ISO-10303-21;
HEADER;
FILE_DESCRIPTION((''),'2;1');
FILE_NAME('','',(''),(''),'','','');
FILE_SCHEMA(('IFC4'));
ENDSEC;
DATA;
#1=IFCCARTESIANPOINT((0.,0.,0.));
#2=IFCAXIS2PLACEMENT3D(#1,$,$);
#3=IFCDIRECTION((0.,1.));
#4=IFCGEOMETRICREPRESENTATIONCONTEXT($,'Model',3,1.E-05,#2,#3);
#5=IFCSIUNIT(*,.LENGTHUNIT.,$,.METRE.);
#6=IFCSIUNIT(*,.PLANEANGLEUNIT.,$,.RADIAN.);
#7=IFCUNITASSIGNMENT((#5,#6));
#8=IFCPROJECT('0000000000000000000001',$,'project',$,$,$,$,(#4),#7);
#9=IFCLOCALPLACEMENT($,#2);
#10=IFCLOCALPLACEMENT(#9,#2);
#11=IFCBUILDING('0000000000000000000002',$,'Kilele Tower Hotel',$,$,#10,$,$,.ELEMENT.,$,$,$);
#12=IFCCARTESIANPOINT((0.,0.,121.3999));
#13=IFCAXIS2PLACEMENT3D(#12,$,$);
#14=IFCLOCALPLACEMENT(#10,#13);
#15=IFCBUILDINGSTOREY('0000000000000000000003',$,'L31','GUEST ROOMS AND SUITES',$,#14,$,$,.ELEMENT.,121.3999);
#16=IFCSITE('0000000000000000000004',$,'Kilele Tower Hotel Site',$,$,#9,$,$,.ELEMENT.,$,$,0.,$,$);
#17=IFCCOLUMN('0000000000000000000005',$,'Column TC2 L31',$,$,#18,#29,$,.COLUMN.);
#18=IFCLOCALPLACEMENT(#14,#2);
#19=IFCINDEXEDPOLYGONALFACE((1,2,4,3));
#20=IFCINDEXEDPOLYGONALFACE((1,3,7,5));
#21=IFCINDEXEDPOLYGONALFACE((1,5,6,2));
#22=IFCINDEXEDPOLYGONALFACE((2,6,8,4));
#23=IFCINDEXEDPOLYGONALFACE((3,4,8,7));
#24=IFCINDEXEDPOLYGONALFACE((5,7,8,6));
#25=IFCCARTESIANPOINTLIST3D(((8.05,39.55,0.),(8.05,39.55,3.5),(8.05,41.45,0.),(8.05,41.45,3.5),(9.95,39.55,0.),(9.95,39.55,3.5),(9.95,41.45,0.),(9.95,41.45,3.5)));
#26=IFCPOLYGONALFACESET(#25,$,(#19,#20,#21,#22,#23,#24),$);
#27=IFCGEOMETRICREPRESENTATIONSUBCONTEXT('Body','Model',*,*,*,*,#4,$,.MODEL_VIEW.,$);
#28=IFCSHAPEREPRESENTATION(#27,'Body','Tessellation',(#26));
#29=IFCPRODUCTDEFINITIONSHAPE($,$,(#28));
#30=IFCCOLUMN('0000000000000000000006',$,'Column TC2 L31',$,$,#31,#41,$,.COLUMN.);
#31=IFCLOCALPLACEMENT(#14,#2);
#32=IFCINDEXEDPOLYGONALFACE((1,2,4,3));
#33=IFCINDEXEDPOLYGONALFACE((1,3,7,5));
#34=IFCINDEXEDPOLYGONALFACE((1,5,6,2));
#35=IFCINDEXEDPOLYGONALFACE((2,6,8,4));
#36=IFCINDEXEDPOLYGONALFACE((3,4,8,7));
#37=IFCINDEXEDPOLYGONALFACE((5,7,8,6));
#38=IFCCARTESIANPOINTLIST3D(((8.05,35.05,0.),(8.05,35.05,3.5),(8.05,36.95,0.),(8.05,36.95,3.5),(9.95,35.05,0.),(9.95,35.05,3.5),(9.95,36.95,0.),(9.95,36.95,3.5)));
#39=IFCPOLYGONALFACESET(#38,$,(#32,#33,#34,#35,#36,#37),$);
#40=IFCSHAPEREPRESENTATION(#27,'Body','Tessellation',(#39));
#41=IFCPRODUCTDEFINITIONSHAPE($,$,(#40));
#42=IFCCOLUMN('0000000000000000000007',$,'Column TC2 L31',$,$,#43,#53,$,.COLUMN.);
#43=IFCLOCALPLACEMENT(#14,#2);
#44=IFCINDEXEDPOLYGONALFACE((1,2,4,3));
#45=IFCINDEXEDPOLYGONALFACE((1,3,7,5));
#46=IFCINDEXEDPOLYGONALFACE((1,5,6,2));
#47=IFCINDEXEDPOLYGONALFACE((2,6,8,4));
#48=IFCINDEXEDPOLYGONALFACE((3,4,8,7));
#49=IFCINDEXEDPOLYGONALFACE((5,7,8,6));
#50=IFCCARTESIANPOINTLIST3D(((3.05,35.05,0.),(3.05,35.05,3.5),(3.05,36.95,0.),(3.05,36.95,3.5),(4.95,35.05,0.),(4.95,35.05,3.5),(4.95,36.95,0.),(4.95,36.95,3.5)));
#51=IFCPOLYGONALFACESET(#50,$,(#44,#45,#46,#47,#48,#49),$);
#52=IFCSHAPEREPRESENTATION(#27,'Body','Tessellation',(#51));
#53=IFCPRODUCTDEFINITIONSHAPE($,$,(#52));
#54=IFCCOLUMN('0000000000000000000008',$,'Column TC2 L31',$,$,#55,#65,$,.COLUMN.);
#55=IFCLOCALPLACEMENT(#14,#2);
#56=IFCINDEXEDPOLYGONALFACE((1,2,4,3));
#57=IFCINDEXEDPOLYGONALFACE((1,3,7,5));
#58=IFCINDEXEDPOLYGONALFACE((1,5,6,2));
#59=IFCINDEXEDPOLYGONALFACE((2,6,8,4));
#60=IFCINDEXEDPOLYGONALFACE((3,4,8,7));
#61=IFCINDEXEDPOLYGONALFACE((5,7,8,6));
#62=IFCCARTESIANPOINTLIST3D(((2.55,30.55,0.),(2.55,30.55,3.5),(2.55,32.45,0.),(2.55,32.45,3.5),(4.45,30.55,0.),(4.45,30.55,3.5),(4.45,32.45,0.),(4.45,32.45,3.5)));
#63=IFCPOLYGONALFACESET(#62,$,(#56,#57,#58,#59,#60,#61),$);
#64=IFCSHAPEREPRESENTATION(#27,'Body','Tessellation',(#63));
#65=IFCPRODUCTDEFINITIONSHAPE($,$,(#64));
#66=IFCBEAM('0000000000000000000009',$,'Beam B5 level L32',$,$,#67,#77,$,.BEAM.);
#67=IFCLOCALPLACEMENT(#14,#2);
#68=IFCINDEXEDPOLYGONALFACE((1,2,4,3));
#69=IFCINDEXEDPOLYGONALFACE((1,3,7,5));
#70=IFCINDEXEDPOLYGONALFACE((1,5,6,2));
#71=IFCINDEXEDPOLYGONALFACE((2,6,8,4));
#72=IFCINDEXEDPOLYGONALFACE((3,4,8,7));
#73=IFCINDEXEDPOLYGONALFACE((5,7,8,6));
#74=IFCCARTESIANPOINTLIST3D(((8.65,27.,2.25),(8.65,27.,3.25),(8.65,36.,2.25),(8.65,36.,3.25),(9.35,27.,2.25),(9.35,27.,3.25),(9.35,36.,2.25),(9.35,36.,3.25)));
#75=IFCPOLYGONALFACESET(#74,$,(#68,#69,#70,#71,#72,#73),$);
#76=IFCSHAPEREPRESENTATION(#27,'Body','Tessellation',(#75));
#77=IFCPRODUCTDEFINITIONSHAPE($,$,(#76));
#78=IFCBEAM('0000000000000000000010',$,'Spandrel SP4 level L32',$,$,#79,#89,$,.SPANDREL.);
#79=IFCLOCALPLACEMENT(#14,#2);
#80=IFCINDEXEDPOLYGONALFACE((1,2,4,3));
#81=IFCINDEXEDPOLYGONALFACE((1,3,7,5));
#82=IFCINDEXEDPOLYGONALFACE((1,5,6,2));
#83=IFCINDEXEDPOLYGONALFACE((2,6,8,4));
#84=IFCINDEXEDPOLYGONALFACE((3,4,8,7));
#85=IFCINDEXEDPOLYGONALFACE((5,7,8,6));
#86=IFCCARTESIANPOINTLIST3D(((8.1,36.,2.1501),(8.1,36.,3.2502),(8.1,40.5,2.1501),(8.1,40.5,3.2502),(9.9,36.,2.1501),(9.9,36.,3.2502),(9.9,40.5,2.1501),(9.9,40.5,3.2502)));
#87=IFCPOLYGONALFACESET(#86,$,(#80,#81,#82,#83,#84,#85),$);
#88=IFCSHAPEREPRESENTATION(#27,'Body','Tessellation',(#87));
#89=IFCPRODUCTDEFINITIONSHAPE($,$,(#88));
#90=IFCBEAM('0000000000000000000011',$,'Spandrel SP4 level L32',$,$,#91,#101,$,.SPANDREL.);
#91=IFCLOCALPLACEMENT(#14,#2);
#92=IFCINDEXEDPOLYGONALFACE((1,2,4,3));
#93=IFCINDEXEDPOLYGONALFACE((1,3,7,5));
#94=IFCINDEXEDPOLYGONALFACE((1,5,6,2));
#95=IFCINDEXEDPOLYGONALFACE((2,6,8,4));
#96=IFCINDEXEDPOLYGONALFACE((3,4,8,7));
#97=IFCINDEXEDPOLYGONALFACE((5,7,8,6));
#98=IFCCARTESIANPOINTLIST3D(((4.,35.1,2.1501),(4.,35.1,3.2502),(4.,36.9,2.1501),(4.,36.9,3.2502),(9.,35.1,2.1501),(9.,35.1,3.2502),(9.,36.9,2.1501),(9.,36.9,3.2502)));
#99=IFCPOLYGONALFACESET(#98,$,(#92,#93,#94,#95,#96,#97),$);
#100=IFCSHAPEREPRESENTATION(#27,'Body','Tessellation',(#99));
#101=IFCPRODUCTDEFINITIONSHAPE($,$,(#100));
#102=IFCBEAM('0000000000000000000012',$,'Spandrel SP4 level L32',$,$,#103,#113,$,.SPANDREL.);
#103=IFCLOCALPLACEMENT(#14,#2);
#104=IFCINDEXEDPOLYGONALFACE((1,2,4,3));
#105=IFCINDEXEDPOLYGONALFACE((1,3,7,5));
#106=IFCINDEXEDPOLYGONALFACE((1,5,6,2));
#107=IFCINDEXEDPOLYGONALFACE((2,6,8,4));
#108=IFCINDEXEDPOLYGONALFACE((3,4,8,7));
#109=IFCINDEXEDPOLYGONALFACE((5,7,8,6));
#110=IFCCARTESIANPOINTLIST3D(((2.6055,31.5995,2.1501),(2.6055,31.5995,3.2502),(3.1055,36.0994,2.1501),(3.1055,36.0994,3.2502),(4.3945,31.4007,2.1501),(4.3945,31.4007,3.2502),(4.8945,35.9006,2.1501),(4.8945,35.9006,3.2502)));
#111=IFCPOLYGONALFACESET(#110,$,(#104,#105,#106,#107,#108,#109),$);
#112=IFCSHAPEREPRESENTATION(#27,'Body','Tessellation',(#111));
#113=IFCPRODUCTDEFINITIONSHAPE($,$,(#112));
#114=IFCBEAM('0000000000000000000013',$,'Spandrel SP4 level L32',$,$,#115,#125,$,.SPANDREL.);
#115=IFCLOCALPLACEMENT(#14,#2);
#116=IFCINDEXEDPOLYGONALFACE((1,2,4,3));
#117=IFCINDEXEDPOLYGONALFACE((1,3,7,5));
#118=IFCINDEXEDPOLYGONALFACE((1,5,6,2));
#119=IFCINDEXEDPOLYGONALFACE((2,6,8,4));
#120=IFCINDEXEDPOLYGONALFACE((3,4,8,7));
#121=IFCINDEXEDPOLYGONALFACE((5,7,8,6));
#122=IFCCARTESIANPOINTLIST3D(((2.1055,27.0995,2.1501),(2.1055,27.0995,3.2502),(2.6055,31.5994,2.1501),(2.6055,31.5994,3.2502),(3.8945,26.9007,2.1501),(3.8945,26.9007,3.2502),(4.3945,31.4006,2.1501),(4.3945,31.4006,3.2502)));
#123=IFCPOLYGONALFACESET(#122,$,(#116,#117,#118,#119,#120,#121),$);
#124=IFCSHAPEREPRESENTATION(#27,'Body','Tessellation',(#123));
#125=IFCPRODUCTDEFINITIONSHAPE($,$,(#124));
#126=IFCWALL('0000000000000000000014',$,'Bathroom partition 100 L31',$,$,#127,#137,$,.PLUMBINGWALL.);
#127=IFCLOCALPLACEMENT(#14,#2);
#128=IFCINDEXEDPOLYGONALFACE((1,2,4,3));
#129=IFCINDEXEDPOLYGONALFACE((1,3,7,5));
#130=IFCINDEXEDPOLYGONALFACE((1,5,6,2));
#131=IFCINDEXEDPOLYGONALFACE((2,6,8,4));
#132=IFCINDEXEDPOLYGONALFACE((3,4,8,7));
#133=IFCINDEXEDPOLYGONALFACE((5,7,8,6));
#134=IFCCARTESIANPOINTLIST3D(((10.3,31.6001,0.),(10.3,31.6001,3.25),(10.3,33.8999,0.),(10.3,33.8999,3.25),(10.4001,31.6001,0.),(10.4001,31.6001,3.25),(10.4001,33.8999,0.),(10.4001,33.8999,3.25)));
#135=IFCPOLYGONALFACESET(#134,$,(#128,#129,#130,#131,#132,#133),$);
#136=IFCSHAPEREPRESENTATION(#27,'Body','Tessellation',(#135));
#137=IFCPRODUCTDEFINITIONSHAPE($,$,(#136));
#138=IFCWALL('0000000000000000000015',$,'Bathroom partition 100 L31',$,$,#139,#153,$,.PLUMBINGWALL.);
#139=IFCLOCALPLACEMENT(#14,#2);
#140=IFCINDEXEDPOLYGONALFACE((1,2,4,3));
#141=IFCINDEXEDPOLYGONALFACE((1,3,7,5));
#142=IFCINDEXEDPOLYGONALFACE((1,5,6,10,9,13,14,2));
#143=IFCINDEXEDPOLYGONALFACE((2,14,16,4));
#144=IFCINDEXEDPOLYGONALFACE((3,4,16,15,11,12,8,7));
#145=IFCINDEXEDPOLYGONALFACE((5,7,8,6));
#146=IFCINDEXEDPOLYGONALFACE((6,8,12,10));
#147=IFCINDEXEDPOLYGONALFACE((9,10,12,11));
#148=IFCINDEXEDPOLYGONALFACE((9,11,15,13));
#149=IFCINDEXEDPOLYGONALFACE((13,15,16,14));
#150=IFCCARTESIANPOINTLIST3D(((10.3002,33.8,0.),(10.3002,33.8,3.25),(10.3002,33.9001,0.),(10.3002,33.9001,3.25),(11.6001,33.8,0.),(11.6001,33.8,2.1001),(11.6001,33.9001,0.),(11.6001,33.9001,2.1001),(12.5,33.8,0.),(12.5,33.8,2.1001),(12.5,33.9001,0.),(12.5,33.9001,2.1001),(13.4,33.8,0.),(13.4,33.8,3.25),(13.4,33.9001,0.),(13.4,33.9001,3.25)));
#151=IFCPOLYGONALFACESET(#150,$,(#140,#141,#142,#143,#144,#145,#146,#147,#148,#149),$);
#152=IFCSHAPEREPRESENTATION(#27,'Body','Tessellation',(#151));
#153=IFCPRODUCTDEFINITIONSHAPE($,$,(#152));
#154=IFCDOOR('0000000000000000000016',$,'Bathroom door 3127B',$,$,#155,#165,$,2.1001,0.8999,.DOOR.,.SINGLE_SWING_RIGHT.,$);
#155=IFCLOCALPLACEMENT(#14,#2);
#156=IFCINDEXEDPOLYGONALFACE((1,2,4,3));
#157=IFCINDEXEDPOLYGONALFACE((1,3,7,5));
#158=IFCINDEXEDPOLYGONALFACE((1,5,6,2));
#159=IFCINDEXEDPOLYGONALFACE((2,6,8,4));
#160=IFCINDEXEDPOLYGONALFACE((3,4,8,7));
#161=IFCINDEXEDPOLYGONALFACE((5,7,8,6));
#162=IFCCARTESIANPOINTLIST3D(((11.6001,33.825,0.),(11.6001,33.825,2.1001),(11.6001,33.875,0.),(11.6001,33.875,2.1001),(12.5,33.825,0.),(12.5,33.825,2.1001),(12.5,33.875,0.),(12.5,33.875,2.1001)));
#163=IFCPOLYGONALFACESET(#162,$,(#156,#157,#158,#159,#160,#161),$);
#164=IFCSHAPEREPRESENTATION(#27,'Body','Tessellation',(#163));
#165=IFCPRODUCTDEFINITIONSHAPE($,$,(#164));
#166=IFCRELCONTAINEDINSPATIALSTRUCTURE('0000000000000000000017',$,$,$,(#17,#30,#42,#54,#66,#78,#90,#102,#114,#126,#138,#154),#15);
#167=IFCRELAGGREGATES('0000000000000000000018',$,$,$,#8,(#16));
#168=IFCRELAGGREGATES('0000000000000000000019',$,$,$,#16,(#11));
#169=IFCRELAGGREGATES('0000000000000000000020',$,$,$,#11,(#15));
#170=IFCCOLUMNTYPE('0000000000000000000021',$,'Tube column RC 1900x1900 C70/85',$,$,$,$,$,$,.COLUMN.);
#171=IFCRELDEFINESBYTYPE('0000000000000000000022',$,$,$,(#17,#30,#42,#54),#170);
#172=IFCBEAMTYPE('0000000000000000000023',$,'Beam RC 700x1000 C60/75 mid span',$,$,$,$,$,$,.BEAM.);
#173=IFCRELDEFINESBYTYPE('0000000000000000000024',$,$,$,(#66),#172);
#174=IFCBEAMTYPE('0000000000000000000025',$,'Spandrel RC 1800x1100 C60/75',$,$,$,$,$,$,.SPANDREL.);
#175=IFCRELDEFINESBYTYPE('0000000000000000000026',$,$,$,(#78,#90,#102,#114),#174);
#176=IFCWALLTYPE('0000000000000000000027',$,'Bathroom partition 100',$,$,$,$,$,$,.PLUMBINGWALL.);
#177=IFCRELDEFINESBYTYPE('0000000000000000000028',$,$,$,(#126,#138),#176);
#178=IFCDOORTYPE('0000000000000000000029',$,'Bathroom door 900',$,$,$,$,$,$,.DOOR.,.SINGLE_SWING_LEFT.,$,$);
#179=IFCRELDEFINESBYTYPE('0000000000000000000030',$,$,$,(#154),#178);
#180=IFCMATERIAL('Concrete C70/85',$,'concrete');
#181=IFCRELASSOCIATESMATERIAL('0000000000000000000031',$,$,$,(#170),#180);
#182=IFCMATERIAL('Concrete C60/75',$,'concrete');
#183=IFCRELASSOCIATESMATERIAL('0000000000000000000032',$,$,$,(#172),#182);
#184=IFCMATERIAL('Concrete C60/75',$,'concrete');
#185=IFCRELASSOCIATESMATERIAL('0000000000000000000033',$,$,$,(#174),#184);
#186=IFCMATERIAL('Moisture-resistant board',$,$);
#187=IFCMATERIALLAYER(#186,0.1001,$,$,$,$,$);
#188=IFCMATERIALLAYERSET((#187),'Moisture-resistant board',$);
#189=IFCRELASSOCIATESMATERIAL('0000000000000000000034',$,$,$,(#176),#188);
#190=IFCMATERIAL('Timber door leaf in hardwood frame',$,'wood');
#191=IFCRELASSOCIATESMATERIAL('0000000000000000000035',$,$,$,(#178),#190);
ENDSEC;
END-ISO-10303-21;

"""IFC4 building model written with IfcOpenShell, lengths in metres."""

from ifc_helpers import new_model, si_unit, direction, frame, frame_2d, origin, origin_2d, place, context, subcontext, project, spatial, rectangle, extrude, material, layer, layer_set, material_profile, profile_set, type_object, element, fill, save


model = new_model("IFC4")

# Units and contexts
model_context = context("Model", 3, precision=1e-05, world=origin(), true_north=direction((0.0, 1.0)))
body_context = subcontext(model_context, "Body", "Model", "MODEL_VIEW")
ifc_project = project(units=[si_unit("LENGTHUNIT", "METRE"), si_unit("PLANEANGLEUNIT", "RADIAN")], contexts=[model_context])

# Site, building, storey
site_placement = place(None, origin())
site = spatial("IfcSite", under=ifc_project, at=site_placement, Name="Kilele Tower Hotel Site", CompositionType="ELEMENT", RefElevation=0.0)
building_placement = place(site_placement, origin())
building = spatial("IfcBuilding", under=site, at=building_placement, Name="Kilele Tower Hotel", CompositionType="ELEMENT")
storey_placement = place(building_placement, frame((0.0, 0.0, 121.3999)))
storey = spatial("IfcBuildingStorey", under=building, at=storey_placement, Name="L31", Description="GUEST ROOMS AND SUITES", CompositionType="ELEMENT", Elevation=121.3999)

# Columns
ifc_material_1 = material(Name="Concrete C70/85", Category="concrete")
ifc_material_profile_1 = material_profile(ifc_material_1, rectangle(XDim=1.8999, YDim=1.8999, at=origin_2d()))
ifc_profile_set_1 = profile_set([ifc_material_profile_1], Name="Concrete C70/85")
column_type = type_object("IfcColumnType", Name="Tube column RC 1900x1900 C70/85", PredefinedType="COLUMN", material=ifc_profile_set_1)
for number, where, z_axis, x_axis, name in (
    (1, (9.0, 40.5, 0.0), (0.0, 0.0, 1.0), (1.0, 0.0, 0.0), "Column TC2 L31"),
    (2, (9.0, 36.0, 0.0), (0.0, 0.0, 1.0), (1.0, 0.0, 0.0), "Column TC2 L31"),
    (3, (4.0, 36.0, 0.0), (0.0, 0.0, 1.0), (1.0, 0.0, 0.0), "Column TC2 L31"),
    (4, (3.5, 31.5, 0.0), (0.0, 0.0, 1.0), (1.0, 0.0, 0.0), "Column TC2 L31"),
):
    element("IfcColumn", number, at=place(storey_placement, frame(where, z_axis=z_axis, x_axis=x_axis)), inside=storey, type_object=column_type, Name=name, PredefinedType="COLUMN", context=body_context, shape_type="SweptSolid", body=[
        extrude(rectangle(XDim=1.8999, YDim=1.8999, at=origin_2d()), origin(), (0.0, 0.0, 1.0), 3.5),
    ])

# Beams
ifc_material_2 = material(Name="Concrete C60/75", Category="concrete")
ifc_material_profile_2 = material_profile(ifc_material_2, rectangle(XDim=0.7, YDim=1.0, at=origin_2d()))
ifc_profile_set_2 = profile_set([ifc_material_profile_2], Name="Concrete C60/75")
beam_type_1 = type_object("IfcBeamType", Name="Beam RC 700x1000 C60/75 mid span", PredefinedType="BEAM", material=ifc_profile_set_2)
beam_1_placement = place(storey_placement, frame((9.0, 36.0, 2.75), z_axis=(0.0, -1.0, 0.0), x_axis=(1.0, 0.0, 0.0)))
element("IfcBeam", 5, at=beam_1_placement, inside=storey, type_object=beam_type_1, Name="Beam B5 level L32", PredefinedType="BEAM", context=body_context, shape_type="SweptSolid", body=[
    extrude(rectangle(XDim=0.7, YDim=1.0, at=origin_2d()), origin(), (0.0, 0.0, 1.0), 9.0),
])
ifc_material_3 = material(Name="Concrete C60/75", Category="concrete")
ifc_material_profile_3 = material_profile(ifc_material_3, rectangle(XDim=1.8, YDim=1.1001, at=origin_2d()))
ifc_profile_set_3 = profile_set([ifc_material_profile_3], Name="Concrete C60/75")
beam_type_2 = type_object("IfcBeamType", Name="Spandrel RC 1800x1100 C60/75", PredefinedType="SPANDREL", material=ifc_profile_set_3)
beam_2_placement = place(storey_placement, frame((9.0, 40.5, 2.7002), z_axis=(0.0, -1.0, 0.0), x_axis=(1.0, 0.0, 0.0)))
element("IfcBeam", 6, at=beam_2_placement, inside=storey, type_object=beam_type_2, Name="Spandrel SP4 level L32", PredefinedType="SPANDREL", context=body_context, shape_type="SweptSolid", body=[
    extrude(rectangle(XDim=1.8, YDim=1.1001, at=origin_2d()), origin(), (0.0, 0.0, 1.0), 4.5),
])
beam_3_placement = place(storey_placement, frame((9.0, 36.0, 2.7002), z_axis=(-1.0, 0.0, 0.0), x_axis=(0.0, -1.0, 0.0)))
element("IfcBeam", 7, at=beam_3_placement, inside=storey, type_object=beam_type_2, Name="Spandrel SP4 level L32", PredefinedType="SPANDREL", context=body_context, shape_type="SweptSolid", body=[
    extrude(rectangle(XDim=1.8, YDim=1.1001, at=origin_2d()), origin(), (0.0, 0.0, 1.0), 5.0),
])
for number, where, z_axis, x_axis, name in (
    (8, (4.0, 36.0, 2.7002), (-0.110432, -0.993884, 0.0), (0.993884, -0.110432, 0.0), "Spandrel SP4 level L32"),
    (9, (3.5, 31.5, 2.7002), (-0.110432, -0.993884, 0.0), (0.993884, -0.110432, 0.0), "Spandrel SP4 level L32"),
):
    element("IfcBeam", number, at=place(storey_placement, frame(where, z_axis=z_axis, x_axis=x_axis)), inside=storey, type_object=beam_type_2, Name=name, PredefinedType="SPANDREL", context=body_context, shape_type="SweptSolid", body=[
        extrude(rectangle(XDim=1.8, YDim=1.1001, at=origin_2d()), origin(), (0.0, 0.0, 1.0), 4.5276),
    ])

# Wall
ifc_material_4 = material(Name="Moisture-resistant board")
ifc_layer_1 = layer(ifc_material_4, 0.1001)
ifc_layer_set_1 = layer_set([ifc_layer_1], Name="Moisture-resistant board")
wall_type_1 = type_object("IfcWallType", Name="Bathroom partition 100", PredefinedType="PLUMBINGWALL", material=ifc_layer_set_1)
wall_1_placement = place(storey_placement, frame((10.3501, 31.6001, 0.0), z_axis=(0.0, 0.0, 1.0), x_axis=(0.0, 1.0, 0.0)))
element("IfcWall", 10, at=wall_1_placement, inside=storey, type_object=wall_type_1, Name="Bathroom partition 100 L31", PredefinedType="PLUMBINGWALL", context=body_context, shape_type="SweptSolid", body=[
    extrude(rectangle(XDim=2.2998, YDim=0.1001, at=frame_2d((1.1499, 0.0))), origin(), (0.0, 0.0, 1.0), 3.25),
])

# Wall, opening, door
wall_2_placement = place(storey_placement, frame((13.3999, 33.8501, 0.0), z_axis=(0.0, 0.0, 1.0), x_axis=(-1.0, 0.0, 0.0)))
wall_2 = element("IfcWall", 11, at=wall_2_placement, inside=storey, type_object=wall_type_1, Name="Bathroom partition 100 L31", PredefinedType="PLUMBINGWALL", context=body_context, shape_type="SweptSolid", body=[
    extrude(rectangle(XDim=3.0999, YDim=0.1001, at=frame_2d((1.5498, 0.0))), origin(), (0.0, 0.0, 1.0), 3.25),
])
opening_1_placement = place(wall_2_placement, frame((1.7998, 0.0, 0.0), z_axis=(0.0, 0.0, 1.0), x_axis=(-1.0, 0.0, 0.0)))
opening_1 = element("IfcOpeningElement", 12, at=opening_1_placement, cuts=wall_2, PredefinedType="OPENING", context=body_context, shape_type="SweptSolid", body=[
    extrude(rectangle(XDim=0.8999, YDim=2.1001, at=frame_2d((0.45, 1.05))), frame((0.0, 0.0601, 0.0), z_axis=(0.0, -1.0, 0.0), x_axis=(1.0, 0.0, 0.0)), (0.0, 0.0, 1.0), 0.1201),
])
ifc_material_5 = material(Name="Timber door leaf in hardwood frame", Category="wood")
door_type_1 = type_object("IfcDoorType", Name="Bathroom door 900", OperationType="SINGLE_SWING_LEFT", PredefinedType="DOOR", material=ifc_material_5)
door_1_placement = place(opening_1_placement, origin())
door_1 = element("IfcDoor", 13, at=door_1_placement, inside=storey, type_object=door_type_1, Name="Bathroom door 3127B", OperationType="SINGLE_SWING_RIGHT", OverallHeight=2.1001, OverallWidth=0.8999, PredefinedType="DOOR", context=body_context, shape_type="SweptSolid", body=[
    extrude(rectangle(XDim=0.8999, YDim=2.1001, at=frame_2d((0.45, 1.05))), frame((0.0, 0.0249, 0.0), z_axis=(0.0, -1.0, 0.0), x_axis=(1.0, 0.0, 0.0)), (0.0, 0.0, 1.0), 0.05),
])
fill(opening_1, door_1)

save(model, "model.ifc")
